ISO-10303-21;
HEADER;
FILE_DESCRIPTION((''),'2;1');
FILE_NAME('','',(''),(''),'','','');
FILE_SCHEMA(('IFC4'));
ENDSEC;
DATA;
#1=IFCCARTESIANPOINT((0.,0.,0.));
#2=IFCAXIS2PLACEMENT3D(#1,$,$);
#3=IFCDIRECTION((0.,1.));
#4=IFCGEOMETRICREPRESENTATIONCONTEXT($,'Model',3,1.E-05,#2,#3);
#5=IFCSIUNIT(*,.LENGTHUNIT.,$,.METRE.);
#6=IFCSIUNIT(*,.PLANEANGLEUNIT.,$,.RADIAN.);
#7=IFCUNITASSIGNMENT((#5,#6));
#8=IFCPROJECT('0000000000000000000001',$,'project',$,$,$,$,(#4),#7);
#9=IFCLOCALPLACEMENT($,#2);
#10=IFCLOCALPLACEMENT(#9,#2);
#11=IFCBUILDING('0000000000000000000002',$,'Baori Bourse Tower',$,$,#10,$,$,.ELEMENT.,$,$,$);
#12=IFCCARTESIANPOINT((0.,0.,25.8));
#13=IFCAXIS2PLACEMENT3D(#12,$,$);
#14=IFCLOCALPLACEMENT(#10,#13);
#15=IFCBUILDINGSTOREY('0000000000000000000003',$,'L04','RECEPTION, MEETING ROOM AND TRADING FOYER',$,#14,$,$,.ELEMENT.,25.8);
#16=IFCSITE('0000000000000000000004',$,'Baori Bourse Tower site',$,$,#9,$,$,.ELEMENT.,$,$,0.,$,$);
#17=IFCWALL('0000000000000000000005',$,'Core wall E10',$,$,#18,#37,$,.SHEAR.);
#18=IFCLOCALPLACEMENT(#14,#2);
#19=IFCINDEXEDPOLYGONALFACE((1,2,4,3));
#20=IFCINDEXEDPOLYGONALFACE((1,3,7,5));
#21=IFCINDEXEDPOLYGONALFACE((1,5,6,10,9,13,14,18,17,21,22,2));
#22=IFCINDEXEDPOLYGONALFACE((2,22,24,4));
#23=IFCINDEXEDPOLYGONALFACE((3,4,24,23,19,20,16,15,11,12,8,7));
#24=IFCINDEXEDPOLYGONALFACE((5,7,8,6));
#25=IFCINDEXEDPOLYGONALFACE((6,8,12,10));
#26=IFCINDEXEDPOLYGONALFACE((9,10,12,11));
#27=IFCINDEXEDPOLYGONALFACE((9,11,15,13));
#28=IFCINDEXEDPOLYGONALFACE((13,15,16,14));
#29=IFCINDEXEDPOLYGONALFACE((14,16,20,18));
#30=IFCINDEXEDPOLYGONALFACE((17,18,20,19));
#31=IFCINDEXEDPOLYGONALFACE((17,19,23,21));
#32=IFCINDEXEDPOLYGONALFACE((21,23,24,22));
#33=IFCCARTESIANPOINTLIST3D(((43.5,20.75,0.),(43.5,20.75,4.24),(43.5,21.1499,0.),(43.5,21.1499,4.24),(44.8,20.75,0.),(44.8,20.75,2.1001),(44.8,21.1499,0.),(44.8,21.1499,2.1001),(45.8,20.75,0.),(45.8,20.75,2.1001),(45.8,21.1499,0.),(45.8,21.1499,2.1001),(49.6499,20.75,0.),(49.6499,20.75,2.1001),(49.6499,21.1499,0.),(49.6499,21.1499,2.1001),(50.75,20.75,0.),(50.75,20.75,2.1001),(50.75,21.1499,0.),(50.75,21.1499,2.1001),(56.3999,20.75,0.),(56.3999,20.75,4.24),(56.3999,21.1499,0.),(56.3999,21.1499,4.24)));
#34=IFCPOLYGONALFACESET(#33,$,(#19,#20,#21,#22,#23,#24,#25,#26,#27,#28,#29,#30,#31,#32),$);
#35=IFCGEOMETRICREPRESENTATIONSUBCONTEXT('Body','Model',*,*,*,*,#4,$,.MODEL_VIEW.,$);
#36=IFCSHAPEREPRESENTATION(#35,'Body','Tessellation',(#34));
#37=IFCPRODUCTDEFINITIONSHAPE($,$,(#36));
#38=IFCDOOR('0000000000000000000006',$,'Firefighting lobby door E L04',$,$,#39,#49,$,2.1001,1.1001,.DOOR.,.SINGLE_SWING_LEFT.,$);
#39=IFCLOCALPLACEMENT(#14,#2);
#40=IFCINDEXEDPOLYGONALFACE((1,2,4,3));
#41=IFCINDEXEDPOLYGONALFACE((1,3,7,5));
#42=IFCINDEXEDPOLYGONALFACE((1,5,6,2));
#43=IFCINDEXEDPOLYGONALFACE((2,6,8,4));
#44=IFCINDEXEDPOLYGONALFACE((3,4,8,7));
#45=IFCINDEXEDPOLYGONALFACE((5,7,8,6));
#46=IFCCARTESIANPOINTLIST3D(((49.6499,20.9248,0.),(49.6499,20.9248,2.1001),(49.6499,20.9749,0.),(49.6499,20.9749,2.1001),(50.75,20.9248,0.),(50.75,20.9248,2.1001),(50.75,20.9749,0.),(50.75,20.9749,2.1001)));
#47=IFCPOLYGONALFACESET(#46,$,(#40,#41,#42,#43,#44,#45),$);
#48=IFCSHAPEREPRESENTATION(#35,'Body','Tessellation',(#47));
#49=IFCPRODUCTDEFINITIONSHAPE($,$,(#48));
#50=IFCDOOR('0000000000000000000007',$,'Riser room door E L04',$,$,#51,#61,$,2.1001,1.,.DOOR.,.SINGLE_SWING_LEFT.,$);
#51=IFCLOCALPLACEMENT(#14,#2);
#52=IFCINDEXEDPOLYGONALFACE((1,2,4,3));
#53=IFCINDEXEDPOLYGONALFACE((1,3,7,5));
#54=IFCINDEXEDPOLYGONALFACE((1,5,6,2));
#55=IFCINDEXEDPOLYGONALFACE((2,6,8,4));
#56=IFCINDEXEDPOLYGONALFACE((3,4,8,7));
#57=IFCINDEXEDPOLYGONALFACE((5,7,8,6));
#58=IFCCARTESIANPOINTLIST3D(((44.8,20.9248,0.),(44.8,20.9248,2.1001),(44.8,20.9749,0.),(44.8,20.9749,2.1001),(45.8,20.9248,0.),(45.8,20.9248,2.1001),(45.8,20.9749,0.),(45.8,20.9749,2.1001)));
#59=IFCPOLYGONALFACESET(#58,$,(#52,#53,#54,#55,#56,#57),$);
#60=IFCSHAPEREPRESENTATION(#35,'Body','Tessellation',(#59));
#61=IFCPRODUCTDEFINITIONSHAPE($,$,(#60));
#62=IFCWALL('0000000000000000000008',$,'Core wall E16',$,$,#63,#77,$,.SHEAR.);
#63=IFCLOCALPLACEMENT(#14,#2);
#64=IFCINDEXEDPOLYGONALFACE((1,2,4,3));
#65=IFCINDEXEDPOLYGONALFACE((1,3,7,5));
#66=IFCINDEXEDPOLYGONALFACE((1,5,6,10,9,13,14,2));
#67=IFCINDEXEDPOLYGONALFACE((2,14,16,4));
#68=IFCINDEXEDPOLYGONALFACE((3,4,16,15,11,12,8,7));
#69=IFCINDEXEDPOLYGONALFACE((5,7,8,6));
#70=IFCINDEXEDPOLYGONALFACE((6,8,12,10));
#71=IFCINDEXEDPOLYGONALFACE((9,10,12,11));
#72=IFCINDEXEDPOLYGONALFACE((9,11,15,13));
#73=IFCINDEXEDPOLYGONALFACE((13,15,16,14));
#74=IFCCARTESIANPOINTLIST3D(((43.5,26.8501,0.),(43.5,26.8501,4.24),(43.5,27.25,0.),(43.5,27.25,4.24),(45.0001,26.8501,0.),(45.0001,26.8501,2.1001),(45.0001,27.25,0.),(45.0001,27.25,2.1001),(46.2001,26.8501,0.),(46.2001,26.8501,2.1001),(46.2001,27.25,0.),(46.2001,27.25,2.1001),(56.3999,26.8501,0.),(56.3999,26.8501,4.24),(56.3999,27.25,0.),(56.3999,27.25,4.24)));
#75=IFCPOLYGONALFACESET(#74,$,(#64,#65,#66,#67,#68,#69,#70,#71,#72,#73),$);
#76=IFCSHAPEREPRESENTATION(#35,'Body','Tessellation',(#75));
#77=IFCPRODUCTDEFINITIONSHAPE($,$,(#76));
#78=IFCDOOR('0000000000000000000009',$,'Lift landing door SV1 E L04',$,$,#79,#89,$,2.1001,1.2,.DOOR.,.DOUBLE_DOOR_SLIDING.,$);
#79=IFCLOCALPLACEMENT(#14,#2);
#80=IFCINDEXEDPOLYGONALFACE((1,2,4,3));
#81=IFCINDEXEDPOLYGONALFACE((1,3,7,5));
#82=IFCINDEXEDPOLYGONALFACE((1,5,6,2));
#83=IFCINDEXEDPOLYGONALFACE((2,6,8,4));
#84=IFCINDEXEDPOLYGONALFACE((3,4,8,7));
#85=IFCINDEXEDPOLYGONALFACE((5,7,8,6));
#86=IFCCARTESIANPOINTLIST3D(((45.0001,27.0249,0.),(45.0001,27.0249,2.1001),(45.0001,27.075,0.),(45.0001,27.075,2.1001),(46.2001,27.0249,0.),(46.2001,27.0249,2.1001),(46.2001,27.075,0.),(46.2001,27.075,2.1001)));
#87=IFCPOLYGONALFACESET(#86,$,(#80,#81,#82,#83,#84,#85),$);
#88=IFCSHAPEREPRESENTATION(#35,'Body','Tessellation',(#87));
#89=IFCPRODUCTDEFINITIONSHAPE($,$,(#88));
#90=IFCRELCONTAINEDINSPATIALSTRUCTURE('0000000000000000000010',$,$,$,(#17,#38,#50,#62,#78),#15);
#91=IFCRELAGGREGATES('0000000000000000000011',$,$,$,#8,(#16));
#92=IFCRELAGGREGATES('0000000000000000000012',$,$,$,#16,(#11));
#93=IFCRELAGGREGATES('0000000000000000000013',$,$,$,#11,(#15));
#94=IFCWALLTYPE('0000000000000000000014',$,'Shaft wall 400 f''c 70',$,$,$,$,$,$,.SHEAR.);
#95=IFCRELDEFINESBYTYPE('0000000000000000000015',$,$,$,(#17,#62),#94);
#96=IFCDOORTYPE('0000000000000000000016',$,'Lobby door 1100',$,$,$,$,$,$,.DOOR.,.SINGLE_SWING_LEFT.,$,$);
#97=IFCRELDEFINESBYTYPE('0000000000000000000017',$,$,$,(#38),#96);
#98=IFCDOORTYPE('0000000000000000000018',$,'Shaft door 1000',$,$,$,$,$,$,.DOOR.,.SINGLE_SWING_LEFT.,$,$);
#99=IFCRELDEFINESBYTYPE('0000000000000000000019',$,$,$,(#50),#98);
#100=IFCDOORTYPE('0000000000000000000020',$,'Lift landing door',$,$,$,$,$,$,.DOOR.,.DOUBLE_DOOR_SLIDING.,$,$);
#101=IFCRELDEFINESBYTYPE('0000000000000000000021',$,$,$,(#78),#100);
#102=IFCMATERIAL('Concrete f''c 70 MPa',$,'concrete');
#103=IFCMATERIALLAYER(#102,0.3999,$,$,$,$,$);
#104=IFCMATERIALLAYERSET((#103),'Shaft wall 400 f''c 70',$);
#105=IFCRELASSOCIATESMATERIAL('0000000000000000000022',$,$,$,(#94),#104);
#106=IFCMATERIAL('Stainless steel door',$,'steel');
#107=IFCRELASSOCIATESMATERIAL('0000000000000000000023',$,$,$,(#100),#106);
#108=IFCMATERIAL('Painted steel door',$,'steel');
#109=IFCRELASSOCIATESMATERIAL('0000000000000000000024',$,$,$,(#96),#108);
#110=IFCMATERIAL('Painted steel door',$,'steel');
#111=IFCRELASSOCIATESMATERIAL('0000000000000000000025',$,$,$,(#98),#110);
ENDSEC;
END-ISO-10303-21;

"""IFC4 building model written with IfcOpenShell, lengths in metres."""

from ifc_helpers import new_model, si_unit, direction, frame, frame_2d, origin, place, context, subcontext, project, spatial, rectangle, extrude, material, layer, layer_set, type_object, element, fill, save


model = new_model("IFC4")

# Units and contexts
model_context = context("Model", 3, precision=1e-05, world=origin(), true_north=direction((0.0, 1.0)))
body_context = subcontext(model_context, "Body", "Model", "MODEL_VIEW")
ifc_project = project(units=[si_unit("LENGTHUNIT", "METRE"), si_unit("PLANEANGLEUNIT", "RADIAN")], contexts=[model_context])

# Site, building, storey
site_placement = place(None, origin())
site = spatial("IfcSite", under=ifc_project, at=site_placement, Name="Baori Bourse Tower site", CompositionType="ELEMENT", RefElevation=0.0)
building_placement = place(site_placement, origin())
building = spatial("IfcBuilding", under=site, at=building_placement, Name="Baori Bourse Tower", CompositionType="ELEMENT")
storey_placement = place(building_placement, frame((0.0, 0.0, 25.8)))
storey = spatial("IfcBuildingStorey", under=building, at=storey_placement, Name="L04", Description="RECEPTION, MEETING ROOM AND TRADING FOYER", CompositionType="ELEMENT", Elevation=25.8)

# Wall, openings, doors
ifc_material_1 = material(Name="Concrete f'c 70 MPa", Category="concrete")
ifc_layer_1 = layer(ifc_material_1, 0.3999)
ifc_layer_set_1 = layer_set([ifc_layer_1], Name="Shaft wall 400 f'c 70")
wall_type_1 = type_object("IfcWallType", Name="Shaft wall 400 f'c 70", PredefinedType="SHEAR", material=ifc_layer_set_1)
ifc_material_2 = material(Name="Stainless steel door", Category="steel")
door_type_1 = type_object("IfcDoorType", Name="Lift landing door", OperationType="DOUBLE_DOOR_SLIDING", PredefinedType="DOOR", material=ifc_material_2)
wall_1_placement = place(storey_placement, frame((43.5, 20.95, 0.0), z_axis=(0.0, 0.0, 1.0), x_axis=(1.0, 0.0, 0.0)))
wall_1 = element("IfcWall", 1, at=wall_1_placement, inside=storey, type_object=wall_type_1, Name="Core wall E10", PredefinedType="SHEAR", context=body_context, shape_type="SweptSolid", body=[
    extrude(rectangle(XDim=12.8999, YDim=0.3999, at=frame_2d((6.45, 0.0))), origin(), (0.0, 0.0, 1.0), 4.24),
])
opening_1_placement = place(wall_1_placement, frame((6.1499, 0.0, 0.0)))
opening_1 = element("IfcOpeningElement", 2, at=opening_1_placement, cuts=wall_1, PredefinedType="OPENING", context=body_context, shape_type="SweptSolid", body=[
    extrude(rectangle(XDim=1.1001, YDim=2.1001, at=frame_2d((0.55, 1.05))), frame((0.0, 0.21, 0.0), z_axis=(0.0, -1.0, 0.0), x_axis=(1.0, 0.0, 0.0)), (0.0, 0.0, 1.0), 0.4199),
])
opening_2_placement = place(wall_1_placement, frame((1.3, 0.0, 0.0)))
opening_2 = element("IfcOpeningElement", 3, at=opening_2_placement, cuts=wall_1, PredefinedType="OPENING", context=body_context, shape_type="SweptSolid", body=[
    extrude(rectangle(XDim=1.0, YDim=2.1001, at=frame_2d((0.5, 1.05))), frame((0.0, 0.21, 0.0), z_axis=(0.0, -1.0, 0.0), x_axis=(1.0, 0.0, 0.0)), (0.0, 0.0, 1.0), 0.4199),
])
ifc_material_3 = material(Name="Painted steel door", Category="steel")
door_type_2 = type_object("IfcDoorType", Name="Lobby door 1100", OperationType="SINGLE_SWING_LEFT", PredefinedType="DOOR", material=ifc_material_3)
door_1_placement = place(opening_1_placement, origin())
door_1 = element("IfcDoor", 4, at=door_1_placement, inside=storey, type_object=door_type_2, Name="Firefighting lobby door E L04", OperationType="SINGLE_SWING_LEFT", OverallHeight=2.1001, OverallWidth=1.1001, PredefinedType="DOOR", context=body_context, shape_type="SweptSolid", body=[
    extrude(rectangle(XDim=1.1001, YDim=2.1001, at=frame_2d((0.55, 1.05))), frame((0.0, 0.0249, 0.0), z_axis=(0.0, -1.0, 0.0), x_axis=(1.0, 0.0, 0.0)), (0.0, 0.0, 1.0), 0.05),
])
fill(opening_1, door_1)
ifc_material_4 = material(Name="Painted steel door", Category="steel")
door_type_3 = type_object("IfcDoorType", Name="Shaft door 1000", OperationType="SINGLE_SWING_LEFT", PredefinedType="DOOR", material=ifc_material_4)
door_2_placement = place(opening_2_placement, origin())
door_2 = element("IfcDoor", 5, at=door_2_placement, inside=storey, type_object=door_type_3, Name="Riser room door E L04", OperationType="SINGLE_SWING_LEFT", OverallHeight=2.1001, OverallWidth=1.0, PredefinedType="DOOR", context=body_context, shape_type="SweptSolid", body=[
    extrude(rectangle(XDim=1.0, YDim=2.1001, at=frame_2d((0.5, 1.05))), frame((0.0, 0.0249, 0.0), z_axis=(0.0, -1.0, 0.0), x_axis=(1.0, 0.0, 0.0)), (0.0, 0.0, 1.0), 0.05),
])
fill(opening_2, door_2)

# Wall, opening, door
wall_2_placement = place(storey_placement, frame((43.5, 27.05, 0.0), z_axis=(0.0, 0.0, 1.0), x_axis=(1.0, 0.0, 0.0)))
wall_2 = element("IfcWall", 6, at=wall_2_placement, inside=storey, type_object=wall_type_1, Name="Core wall E16", PredefinedType="SHEAR", context=body_context, shape_type="SweptSolid", body=[
    extrude(rectangle(XDim=12.8999, YDim=0.3999, at=frame_2d((6.45, 0.0))), origin(), (0.0, 0.0, 1.0), 4.24),
])
opening_3_placement = place(wall_2_placement, frame((1.5, 0.0, 0.0)))
opening_3 = element("IfcOpeningElement", 7, at=opening_3_placement, cuts=wall_2, PredefinedType="OPENING", context=body_context, shape_type="SweptSolid", body=[
    extrude(rectangle(XDim=1.2, YDim=2.1001, at=frame_2d((0.6001, 1.05))), frame((0.0, 0.21, 0.0), z_axis=(0.0, -1.0, 0.0), x_axis=(1.0, 0.0, 0.0)), (0.0, 0.0, 1.0), 0.4199),
])
door_3_placement = place(opening_3_placement, origin())
door_3 = element("IfcDoor", 8, at=door_3_placement, inside=storey, type_object=door_type_1, Name="Lift landing door SV1 E L04", OperationType="DOUBLE_DOOR_SLIDING", OverallHeight=2.1001, OverallWidth=1.2, PredefinedType="DOOR", context=body_context, shape_type="SweptSolid", body=[
    extrude(rectangle(XDim=1.2, YDim=2.1001, at=frame_2d((0.6001, 1.05))), frame((0.0, 0.0249, 0.0), z_axis=(0.0, -1.0, 0.0), x_axis=(1.0, 0.0, 0.0)), (0.0, 0.0, 1.0), 0.05),
])
fill(opening_3, door_3)

save(model, "model.ifc")
